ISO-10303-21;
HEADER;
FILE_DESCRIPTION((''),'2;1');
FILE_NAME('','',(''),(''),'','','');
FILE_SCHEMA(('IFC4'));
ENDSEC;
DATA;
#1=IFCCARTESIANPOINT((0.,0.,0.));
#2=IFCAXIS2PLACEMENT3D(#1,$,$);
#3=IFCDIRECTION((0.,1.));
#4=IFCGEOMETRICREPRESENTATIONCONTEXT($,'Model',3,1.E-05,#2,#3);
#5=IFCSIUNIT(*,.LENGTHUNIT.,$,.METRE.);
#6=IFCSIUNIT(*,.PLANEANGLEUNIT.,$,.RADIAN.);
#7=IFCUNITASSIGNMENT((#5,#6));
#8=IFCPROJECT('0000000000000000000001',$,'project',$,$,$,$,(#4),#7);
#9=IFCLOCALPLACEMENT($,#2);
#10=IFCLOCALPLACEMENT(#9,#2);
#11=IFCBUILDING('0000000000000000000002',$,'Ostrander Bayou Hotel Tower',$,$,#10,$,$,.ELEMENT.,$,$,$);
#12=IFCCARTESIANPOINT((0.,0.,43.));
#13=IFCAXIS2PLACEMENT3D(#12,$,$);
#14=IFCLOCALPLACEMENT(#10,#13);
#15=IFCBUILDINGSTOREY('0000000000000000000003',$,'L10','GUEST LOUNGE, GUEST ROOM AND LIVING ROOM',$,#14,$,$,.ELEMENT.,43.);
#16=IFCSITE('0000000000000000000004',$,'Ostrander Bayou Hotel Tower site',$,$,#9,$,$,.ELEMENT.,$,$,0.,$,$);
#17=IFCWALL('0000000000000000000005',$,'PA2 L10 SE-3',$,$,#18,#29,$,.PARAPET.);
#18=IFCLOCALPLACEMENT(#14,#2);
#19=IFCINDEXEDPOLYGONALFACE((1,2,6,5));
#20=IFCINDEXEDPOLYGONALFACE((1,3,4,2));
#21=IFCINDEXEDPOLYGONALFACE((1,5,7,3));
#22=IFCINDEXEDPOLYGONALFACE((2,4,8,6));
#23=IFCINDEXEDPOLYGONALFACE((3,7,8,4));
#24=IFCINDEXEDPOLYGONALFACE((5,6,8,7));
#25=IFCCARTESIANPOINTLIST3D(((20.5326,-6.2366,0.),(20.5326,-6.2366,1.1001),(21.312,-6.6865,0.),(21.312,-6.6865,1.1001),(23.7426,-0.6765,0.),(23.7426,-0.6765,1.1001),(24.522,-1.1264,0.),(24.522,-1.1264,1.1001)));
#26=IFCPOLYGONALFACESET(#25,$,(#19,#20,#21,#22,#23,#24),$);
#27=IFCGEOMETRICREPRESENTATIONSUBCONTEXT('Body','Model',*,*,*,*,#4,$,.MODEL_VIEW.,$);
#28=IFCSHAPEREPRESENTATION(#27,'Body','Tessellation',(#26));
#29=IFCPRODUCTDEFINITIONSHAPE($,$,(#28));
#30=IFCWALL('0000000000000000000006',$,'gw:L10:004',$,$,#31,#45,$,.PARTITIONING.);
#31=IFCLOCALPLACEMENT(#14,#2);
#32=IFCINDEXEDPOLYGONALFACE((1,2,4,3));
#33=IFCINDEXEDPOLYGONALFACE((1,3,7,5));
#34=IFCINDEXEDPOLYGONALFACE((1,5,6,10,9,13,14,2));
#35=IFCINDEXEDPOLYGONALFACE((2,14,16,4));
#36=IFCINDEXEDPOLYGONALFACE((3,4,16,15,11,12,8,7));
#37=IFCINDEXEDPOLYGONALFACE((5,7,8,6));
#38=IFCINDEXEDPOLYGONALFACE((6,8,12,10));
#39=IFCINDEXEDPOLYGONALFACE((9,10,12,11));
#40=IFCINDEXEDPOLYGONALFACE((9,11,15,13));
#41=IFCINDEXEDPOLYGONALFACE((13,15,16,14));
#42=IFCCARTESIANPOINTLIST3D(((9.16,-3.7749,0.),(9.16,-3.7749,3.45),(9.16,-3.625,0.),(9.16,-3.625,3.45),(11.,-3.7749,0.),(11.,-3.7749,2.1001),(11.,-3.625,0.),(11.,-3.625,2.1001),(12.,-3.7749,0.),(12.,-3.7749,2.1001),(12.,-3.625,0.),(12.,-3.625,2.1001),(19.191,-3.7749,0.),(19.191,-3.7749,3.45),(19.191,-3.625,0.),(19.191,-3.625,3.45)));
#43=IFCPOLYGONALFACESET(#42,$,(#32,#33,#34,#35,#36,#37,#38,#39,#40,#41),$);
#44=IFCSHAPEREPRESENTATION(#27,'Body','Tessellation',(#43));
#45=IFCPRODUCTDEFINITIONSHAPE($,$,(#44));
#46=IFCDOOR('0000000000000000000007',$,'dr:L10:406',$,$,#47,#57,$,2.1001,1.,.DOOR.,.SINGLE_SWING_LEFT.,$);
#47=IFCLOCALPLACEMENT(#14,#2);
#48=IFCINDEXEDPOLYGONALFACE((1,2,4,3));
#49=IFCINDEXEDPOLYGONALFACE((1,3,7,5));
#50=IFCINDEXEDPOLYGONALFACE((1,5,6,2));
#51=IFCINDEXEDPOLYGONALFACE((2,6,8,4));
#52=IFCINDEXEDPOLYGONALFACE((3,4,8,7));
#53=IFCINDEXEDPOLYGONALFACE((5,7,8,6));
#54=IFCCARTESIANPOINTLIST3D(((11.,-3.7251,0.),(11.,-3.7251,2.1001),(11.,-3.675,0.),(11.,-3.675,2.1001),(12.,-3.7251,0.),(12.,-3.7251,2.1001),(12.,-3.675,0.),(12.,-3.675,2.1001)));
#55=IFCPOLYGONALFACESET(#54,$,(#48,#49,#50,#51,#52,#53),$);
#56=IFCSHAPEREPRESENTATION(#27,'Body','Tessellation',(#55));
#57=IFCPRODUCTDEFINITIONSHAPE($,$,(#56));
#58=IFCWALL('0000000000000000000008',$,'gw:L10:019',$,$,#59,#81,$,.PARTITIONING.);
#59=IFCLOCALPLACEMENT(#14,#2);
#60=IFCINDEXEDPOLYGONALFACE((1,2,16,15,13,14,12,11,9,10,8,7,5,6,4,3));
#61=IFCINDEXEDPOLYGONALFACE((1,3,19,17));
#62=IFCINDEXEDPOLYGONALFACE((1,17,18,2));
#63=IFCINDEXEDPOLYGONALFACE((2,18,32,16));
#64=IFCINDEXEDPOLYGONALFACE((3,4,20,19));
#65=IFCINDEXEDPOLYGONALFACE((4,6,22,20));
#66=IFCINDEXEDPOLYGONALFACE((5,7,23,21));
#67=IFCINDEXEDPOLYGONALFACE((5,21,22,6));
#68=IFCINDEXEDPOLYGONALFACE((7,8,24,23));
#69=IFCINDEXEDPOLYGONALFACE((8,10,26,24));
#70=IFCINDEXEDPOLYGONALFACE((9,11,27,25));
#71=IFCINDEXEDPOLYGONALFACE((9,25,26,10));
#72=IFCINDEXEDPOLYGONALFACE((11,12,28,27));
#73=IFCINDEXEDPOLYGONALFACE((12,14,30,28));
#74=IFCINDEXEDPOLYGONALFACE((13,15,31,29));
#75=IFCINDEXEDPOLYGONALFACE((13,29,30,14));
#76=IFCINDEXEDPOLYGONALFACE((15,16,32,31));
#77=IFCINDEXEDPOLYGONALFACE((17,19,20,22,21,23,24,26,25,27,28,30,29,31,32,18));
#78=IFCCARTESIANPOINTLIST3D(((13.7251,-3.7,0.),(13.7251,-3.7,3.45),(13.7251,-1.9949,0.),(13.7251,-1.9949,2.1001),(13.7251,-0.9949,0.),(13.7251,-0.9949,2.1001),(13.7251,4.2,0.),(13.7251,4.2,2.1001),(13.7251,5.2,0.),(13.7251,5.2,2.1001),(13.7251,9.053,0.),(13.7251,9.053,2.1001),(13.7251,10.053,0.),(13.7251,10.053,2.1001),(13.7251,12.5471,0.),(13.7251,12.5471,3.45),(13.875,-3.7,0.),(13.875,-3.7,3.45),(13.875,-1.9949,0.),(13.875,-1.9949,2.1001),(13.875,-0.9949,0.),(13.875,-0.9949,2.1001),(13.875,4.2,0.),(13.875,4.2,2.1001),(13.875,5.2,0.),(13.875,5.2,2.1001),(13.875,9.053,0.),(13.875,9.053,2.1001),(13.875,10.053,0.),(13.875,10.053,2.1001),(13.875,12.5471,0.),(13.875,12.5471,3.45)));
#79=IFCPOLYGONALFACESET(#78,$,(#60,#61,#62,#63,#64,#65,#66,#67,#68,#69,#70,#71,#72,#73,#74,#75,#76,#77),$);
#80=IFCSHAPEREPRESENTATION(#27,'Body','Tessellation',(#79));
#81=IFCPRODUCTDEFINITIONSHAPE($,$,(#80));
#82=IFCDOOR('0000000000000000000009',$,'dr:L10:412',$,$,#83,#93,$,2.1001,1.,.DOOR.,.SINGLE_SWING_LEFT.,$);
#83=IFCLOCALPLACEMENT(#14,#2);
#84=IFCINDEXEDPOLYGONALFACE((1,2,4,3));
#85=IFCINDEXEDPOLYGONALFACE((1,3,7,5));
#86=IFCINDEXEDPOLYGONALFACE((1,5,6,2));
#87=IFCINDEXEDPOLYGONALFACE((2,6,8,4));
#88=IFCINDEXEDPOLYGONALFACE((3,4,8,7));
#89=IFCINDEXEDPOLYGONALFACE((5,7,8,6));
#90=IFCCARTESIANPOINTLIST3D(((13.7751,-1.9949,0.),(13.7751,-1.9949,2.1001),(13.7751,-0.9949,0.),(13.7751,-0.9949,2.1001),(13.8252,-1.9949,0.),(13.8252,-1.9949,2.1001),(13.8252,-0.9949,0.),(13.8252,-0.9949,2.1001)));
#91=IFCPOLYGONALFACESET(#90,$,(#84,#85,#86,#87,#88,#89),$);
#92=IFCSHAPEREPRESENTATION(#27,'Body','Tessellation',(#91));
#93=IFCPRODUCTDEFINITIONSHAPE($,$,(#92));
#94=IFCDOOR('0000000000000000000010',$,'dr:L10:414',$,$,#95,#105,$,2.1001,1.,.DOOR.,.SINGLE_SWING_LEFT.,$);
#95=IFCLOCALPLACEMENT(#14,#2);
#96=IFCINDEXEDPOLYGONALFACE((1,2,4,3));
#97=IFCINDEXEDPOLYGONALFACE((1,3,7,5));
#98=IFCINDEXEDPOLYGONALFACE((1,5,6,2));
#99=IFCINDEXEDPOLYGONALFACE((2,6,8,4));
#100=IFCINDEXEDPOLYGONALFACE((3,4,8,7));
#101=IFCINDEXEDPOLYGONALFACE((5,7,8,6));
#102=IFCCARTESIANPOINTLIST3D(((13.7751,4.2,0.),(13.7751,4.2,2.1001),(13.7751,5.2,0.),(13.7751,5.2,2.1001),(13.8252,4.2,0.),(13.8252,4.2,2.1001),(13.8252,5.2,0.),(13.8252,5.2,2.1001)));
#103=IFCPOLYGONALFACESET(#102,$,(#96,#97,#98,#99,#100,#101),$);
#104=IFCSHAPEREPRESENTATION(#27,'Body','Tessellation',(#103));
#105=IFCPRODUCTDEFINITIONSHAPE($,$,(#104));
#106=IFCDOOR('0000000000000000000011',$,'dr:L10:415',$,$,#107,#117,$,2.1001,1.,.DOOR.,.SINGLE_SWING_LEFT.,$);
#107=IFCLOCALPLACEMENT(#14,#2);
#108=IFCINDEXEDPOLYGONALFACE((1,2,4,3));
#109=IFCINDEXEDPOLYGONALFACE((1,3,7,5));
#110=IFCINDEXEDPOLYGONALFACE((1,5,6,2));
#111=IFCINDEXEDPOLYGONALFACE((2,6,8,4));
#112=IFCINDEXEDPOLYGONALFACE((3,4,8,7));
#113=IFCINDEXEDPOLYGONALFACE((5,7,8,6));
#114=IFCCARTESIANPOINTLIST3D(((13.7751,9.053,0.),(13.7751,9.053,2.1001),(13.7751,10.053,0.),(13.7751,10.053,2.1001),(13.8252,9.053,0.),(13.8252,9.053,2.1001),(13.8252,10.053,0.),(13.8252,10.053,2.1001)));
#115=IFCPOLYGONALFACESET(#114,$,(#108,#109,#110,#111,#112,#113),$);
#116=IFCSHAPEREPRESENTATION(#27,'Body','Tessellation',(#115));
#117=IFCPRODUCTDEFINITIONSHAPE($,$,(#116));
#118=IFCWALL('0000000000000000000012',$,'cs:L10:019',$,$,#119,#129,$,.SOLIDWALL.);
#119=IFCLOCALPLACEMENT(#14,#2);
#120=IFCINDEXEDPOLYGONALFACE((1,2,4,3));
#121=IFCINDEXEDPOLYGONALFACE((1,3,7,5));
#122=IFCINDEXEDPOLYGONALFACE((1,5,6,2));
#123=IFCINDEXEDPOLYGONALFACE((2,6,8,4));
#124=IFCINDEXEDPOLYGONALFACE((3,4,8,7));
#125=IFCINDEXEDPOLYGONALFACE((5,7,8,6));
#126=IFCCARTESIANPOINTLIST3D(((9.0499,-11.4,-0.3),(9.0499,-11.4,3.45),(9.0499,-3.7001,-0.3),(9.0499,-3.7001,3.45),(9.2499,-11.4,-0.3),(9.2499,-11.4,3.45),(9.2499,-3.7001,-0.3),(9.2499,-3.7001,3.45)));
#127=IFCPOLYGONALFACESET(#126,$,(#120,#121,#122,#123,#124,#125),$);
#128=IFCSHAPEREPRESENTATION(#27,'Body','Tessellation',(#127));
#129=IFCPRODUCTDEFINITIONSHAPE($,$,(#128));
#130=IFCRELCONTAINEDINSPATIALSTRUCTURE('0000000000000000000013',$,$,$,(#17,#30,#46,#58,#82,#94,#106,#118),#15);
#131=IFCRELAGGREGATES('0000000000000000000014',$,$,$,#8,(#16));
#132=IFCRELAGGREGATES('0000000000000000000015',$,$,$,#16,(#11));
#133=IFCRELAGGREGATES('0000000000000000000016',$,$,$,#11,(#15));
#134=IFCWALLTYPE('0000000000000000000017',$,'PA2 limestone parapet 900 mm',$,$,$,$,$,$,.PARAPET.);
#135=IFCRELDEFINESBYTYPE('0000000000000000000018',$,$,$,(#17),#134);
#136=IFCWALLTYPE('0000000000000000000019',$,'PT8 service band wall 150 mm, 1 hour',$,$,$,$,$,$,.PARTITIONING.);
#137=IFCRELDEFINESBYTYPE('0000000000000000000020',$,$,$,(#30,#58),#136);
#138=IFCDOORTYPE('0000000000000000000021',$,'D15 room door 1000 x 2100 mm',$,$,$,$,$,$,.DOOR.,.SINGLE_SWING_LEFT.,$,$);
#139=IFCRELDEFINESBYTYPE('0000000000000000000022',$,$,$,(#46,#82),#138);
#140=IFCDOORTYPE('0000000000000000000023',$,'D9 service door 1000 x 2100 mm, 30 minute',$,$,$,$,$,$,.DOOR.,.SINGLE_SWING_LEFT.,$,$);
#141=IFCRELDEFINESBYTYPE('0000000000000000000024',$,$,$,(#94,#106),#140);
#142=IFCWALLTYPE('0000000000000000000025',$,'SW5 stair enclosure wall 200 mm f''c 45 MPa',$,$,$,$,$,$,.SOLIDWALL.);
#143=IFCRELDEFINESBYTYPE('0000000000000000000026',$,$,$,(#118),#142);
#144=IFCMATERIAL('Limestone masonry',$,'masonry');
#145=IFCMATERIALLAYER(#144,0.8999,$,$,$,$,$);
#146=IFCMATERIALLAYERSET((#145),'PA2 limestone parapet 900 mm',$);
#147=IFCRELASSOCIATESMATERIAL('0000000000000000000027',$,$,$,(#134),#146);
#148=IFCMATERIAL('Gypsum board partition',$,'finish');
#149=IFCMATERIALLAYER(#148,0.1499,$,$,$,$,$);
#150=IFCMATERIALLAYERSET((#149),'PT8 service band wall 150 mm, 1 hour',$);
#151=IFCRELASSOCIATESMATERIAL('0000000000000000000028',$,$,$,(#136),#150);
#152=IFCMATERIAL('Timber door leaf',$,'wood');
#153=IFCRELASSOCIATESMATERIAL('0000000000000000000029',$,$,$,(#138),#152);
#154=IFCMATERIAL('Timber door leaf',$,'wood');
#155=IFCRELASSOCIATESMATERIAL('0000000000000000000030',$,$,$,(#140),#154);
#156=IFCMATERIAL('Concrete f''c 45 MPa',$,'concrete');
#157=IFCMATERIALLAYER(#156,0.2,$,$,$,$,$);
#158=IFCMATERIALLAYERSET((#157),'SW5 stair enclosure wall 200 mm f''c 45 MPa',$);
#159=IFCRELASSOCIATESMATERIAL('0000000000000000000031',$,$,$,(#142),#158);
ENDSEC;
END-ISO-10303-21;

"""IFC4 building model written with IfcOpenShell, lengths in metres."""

from ifc_helpers import new_model, si_unit, direction, frame, frame_2d, origin, place, context, subcontext, project, spatial, rectangle, extrude, material, layer, layer_set, type_object, element, fill, save


model = new_model("IFC4")

# Units and contexts
model_context = context("Model", 3, precision=1e-05, world=origin(), true_north=direction((0.0, 1.0)))
body_context = subcontext(model_context, "Body", "Model", "MODEL_VIEW")
ifc_project = project(units=[si_unit("LENGTHUNIT", "METRE"), si_unit("PLANEANGLEUNIT", "RADIAN")], contexts=[model_context])

# Site, building, storey
site_placement = place(None, origin())
site = spatial("IfcSite", under=ifc_project, at=site_placement, Name="Ostrander Bayou Hotel Tower site", CompositionType="ELEMENT", RefElevation=0.0)
building_placement = place(site_placement, origin())
building = spatial("IfcBuilding", under=site, at=building_placement, Name="Ostrander Bayou Hotel Tower", CompositionType="ELEMENT")
storey_placement = place(building_placement, frame((0.0, 0.0, 43.0)))
storey = spatial("IfcBuildingStorey", under=building, at=storey_placement, Name="L10", Description="GUEST LOUNGE, GUEST ROOM AND LIVING ROOM", CompositionType="ELEMENT", Elevation=43.0)

# Wall
ifc_material_1 = material(Name="Limestone masonry", Category="masonry")
ifc_layer_1 = layer(ifc_material_1, 0.8999)
ifc_layer_set_1 = layer_set([ifc_layer_1], Name="PA2 limestone parapet 900 mm")
wall_type_1 = type_object("IfcWallType", Name="PA2 limestone parapet 900 mm", PredefinedType="PARAPET", material=ifc_layer_set_1)
wall_1_placement = place(storey_placement, frame((20.9224, -6.4614, 0.0), z_axis=(0.0, 0.0, 1.0), x_axis=(0.499984, 0.866035, 0.0)))
element("IfcWall", 1, at=wall_1_placement, inside=storey, type_object=wall_type_1, Name="PA2 L10 SE-3", PredefinedType="PARAPET", context=body_context, shape_type="SweptSolid", body=[
    extrude(rectangle(XDim=6.4202, YDim=0.8999, at=frame_2d((3.21, 0.0))), origin(), (0.0, 0.0, 1.0), 1.1001),
])

# Wall, opening, door
ifc_material_2 = material(Name="Gypsum board partition", Category="finish")
ifc_layer_2 = layer(ifc_material_2, 0.1499)
ifc_layer_set_2 = layer_set([ifc_layer_2], Name="PT8 service band wall 150 mm, 1 hour")
wall_type_2 = type_object("IfcWallType", Name="PT8 service band wall 150 mm, 1 hour", PredefinedType="PARTITIONING", material=ifc_layer_set_2)
wall_2_placement = place(storey_placement, frame((9.1599, -3.7, 0.0), z_axis=(0.0, 0.0, 1.0), x_axis=(1.0, 0.0, 0.0)))
wall_2 = element("IfcWall", 2, at=wall_2_placement, inside=storey, type_object=wall_type_2, Name="gw:L10:004", PredefinedType="PARTITIONING", context=body_context, shape_type="SweptSolid", body=[
    extrude(rectangle(XDim=10.031, YDim=0.1499, at=frame_2d((5.0156, 0.0))), origin(), (0.0, 0.0, 1.0), 3.45),
])
opening_1_placement = place(wall_2_placement, frame((1.8401, 0.0, 0.0)))
opening_1 = element("IfcOpeningElement", 3, at=opening_1_placement, cuts=wall_2, PredefinedType="OPENING", context=body_context, shape_type="SweptSolid", body=[
    extrude(rectangle(XDim=1.0, YDim=2.1001, at=frame_2d((0.5, 1.05))), frame((0.0, 0.075, 0.0), z_axis=(0.0, -1.0, 0.0), x_axis=(1.0, 0.0, 0.0)), (0.0, 0.0, 1.0), 0.1499),
])
ifc_material_3 = material(Name="Timber door leaf", Category="wood")
door_type_1 = type_object("IfcDoorType", Name="D15 room door 1000 x 2100 mm", OperationType="SINGLE_SWING_LEFT", PredefinedType="DOOR", material=ifc_material_3)
door_1_placement = place(opening_1_placement, origin())
door_1 = element("IfcDoor", 4, at=door_1_placement, inside=storey, type_object=door_type_1, Name="dr:L10:406", OperationType="SINGLE_SWING_LEFT", OverallHeight=2.1001, OverallWidth=1.0, PredefinedType="DOOR", context=body_context, shape_type="SweptSolid", body=[
    extrude(rectangle(XDim=1.0, YDim=2.1001, at=frame_2d((0.5, 1.05))), frame((0.0, 0.0249, 0.0), z_axis=(0.0, -1.0, 0.0), x_axis=(1.0, 0.0, 0.0)), (0.0, 0.0, 1.0), 0.05),
])
fill(opening_1, door_1)

# Wall, openings, doors
wall_3_placement = place(storey_placement, frame((13.8, -3.7, 0.0), z_axis=(0.0, 0.0, 1.0), x_axis=(0.0, 1.0, 0.0)))
wall_3 = element("IfcWall", 5, at=wall_3_placement, inside=storey, type_object=wall_type_2, Name="gw:L10:019", PredefinedType="PARTITIONING", context=body_context, shape_type="SweptSolid", body=[
    extrude(rectangle(XDim=16.2471, YDim=0.1499, at=frame_2d((8.1235, 0.0))), origin(), (0.0, 0.0, 1.0), 3.45),
])
opening_2_placement = place(wall_3_placement, frame((1.7051, 0.0, 0.0)))
opening_2 = element("IfcOpeningElement", 6, at=opening_2_placement, cuts=wall_3, PredefinedType="OPENING", context=body_context, shape_type="SweptSolid", body=[
    extrude(rectangle(XDim=1.0, YDim=2.1001, at=frame_2d((0.5, 1.05))), frame((0.0, 0.075, 0.0), z_axis=(0.0, -1.0, 0.0), x_axis=(1.0, 0.0, 0.0)), (0.0, 0.0, 1.0), 0.1499),
])
opening_3_placement = place(wall_3_placement, frame((7.8999, 0.0, 0.0)))
opening_3 = element("IfcOpeningElement", 7, at=opening_3_placement, cuts=wall_3, PredefinedType="OPENING", context=body_context, shape_type="SweptSolid", body=[
    extrude(rectangle(XDim=1.0, YDim=2.1001, at=frame_2d((0.5, 1.05))), frame((0.0, 0.075, 0.0), z_axis=(0.0, -1.0, 0.0), x_axis=(1.0, 0.0, 0.0)), (0.0, 0.0, 1.0), 0.1499),
])
opening_4_placement = place(wall_3_placement, frame((12.7529, 0.0, 0.0)))
opening_4 = element("IfcOpeningElement", 8, at=opening_4_placement, cuts=wall_3, PredefinedType="OPENING", context=body_context, shape_type="SweptSolid", body=[
    extrude(rectangle(XDim=1.0, YDim=2.1001, at=frame_2d((0.5, 1.05))), frame((0.0, 0.075, 0.0), z_axis=(0.0, -1.0, 0.0), x_axis=(1.0, 0.0, 0.0)), (0.0, 0.0, 1.0), 0.1499),
])
door_2_placement = place(opening_2_placement, origin())
door_2 = element("IfcDoor", 9, at=door_2_placement, inside=storey, type_object=door_type_1, Name="dr:L10:412", OperationType="SINGLE_SWING_LEFT", OverallHeight=2.1001, OverallWidth=1.0, PredefinedType="DOOR", context=body_context, shape_type="SweptSolid", body=[
    extrude(rectangle(XDim=1.0, YDim=2.1001, at=frame_2d((0.5, 1.05))), frame((0.0, 0.0249, 0.0), z_axis=(0.0, -1.0, 0.0), x_axis=(1.0, 0.0, 0.0)), (0.0, 0.0, 1.0), 0.05),
])
fill(opening_2, door_2)
ifc_material_4 = material(Name="Timber door leaf", Category="wood")
door_type_2 = type_object("IfcDoorType", Name="D9 service door 1000 x 2100 mm, 30 minute", OperationType="SINGLE_SWING_LEFT", PredefinedType="DOOR", material=ifc_material_4)
door_3_placement = place(opening_3_placement, origin())
door_3 = element("IfcDoor", 10, at=door_3_placement, inside=storey, type_object=door_type_2, Name="dr:L10:414", OperationType="SINGLE_SWING_LEFT", OverallHeight=2.1001, OverallWidth=1.0, PredefinedType="DOOR", context=body_context, shape_type="SweptSolid", body=[
    extrude(rectangle(XDim=1.0, YDim=2.1001, at=frame_2d((0.5, 1.05))), frame((0.0, 0.0249, 0.0), z_axis=(0.0, -1.0, 0.0), x_axis=(1.0, 0.0, 0.0)), (0.0, 0.0, 1.0), 0.05),
])
fill(opening_3, door_3)
door_4_placement = place(opening_4_placement, origin())
door_4 = element("IfcDoor", 11, at=door_4_placement, inside=storey, type_object=door_type_2, Name="dr:L10:415", OperationType="SINGLE_SWING_LEFT", OverallHeight=2.1001, OverallWidth=1.0, PredefinedType="DOOR", context=body_context, shape_type="SweptSolid", body=[
    extrude(rectangle(XDim=1.0, YDim=2.1001, at=frame_2d((0.5, 1.05))), frame((0.0, 0.0249, 0.0), z_axis=(0.0, -1.0, 0.0), x_axis=(1.0, 0.0, 0.0)), (0.0, 0.0, 1.0), 0.05),
])
fill(opening_4, door_4)

# Wall
ifc_material_5 = material(Name="Concrete f'c 45 MPa", Category="concrete")
ifc_layer_3 = layer(ifc_material_5, 0.2)
ifc_layer_set_3 = layer_set([ifc_layer_3], Name="SW5 stair enclosure wall 200 mm f'c 45 MPa")
wall_type_3 = type_object("IfcWallType", Name="SW5 stair enclosure wall 200 mm f'c 45 MPa", PredefinedType="SOLIDWALL", material=ifc_layer_set_3)
wall_4_placement = place(storey_placement, frame((9.1499, -3.7, -0.3), z_axis=(0.0, 0.0, 1.0), x_axis=(0.0, -1.0, 0.0)))
element("IfcWall", 12, at=wall_4_placement, inside=storey, type_object=wall_type_3, Name="cs:L10:019", PredefinedType="SOLIDWALL", context=body_context, shape_type="SweptSolid", body=[
    extrude(rectangle(XDim=7.7, YDim=0.2, at=frame_2d((3.8501, 0.0))), origin(), (0.0, 0.0, 1.0), 3.75),
])

save(model, "model.ifc")
